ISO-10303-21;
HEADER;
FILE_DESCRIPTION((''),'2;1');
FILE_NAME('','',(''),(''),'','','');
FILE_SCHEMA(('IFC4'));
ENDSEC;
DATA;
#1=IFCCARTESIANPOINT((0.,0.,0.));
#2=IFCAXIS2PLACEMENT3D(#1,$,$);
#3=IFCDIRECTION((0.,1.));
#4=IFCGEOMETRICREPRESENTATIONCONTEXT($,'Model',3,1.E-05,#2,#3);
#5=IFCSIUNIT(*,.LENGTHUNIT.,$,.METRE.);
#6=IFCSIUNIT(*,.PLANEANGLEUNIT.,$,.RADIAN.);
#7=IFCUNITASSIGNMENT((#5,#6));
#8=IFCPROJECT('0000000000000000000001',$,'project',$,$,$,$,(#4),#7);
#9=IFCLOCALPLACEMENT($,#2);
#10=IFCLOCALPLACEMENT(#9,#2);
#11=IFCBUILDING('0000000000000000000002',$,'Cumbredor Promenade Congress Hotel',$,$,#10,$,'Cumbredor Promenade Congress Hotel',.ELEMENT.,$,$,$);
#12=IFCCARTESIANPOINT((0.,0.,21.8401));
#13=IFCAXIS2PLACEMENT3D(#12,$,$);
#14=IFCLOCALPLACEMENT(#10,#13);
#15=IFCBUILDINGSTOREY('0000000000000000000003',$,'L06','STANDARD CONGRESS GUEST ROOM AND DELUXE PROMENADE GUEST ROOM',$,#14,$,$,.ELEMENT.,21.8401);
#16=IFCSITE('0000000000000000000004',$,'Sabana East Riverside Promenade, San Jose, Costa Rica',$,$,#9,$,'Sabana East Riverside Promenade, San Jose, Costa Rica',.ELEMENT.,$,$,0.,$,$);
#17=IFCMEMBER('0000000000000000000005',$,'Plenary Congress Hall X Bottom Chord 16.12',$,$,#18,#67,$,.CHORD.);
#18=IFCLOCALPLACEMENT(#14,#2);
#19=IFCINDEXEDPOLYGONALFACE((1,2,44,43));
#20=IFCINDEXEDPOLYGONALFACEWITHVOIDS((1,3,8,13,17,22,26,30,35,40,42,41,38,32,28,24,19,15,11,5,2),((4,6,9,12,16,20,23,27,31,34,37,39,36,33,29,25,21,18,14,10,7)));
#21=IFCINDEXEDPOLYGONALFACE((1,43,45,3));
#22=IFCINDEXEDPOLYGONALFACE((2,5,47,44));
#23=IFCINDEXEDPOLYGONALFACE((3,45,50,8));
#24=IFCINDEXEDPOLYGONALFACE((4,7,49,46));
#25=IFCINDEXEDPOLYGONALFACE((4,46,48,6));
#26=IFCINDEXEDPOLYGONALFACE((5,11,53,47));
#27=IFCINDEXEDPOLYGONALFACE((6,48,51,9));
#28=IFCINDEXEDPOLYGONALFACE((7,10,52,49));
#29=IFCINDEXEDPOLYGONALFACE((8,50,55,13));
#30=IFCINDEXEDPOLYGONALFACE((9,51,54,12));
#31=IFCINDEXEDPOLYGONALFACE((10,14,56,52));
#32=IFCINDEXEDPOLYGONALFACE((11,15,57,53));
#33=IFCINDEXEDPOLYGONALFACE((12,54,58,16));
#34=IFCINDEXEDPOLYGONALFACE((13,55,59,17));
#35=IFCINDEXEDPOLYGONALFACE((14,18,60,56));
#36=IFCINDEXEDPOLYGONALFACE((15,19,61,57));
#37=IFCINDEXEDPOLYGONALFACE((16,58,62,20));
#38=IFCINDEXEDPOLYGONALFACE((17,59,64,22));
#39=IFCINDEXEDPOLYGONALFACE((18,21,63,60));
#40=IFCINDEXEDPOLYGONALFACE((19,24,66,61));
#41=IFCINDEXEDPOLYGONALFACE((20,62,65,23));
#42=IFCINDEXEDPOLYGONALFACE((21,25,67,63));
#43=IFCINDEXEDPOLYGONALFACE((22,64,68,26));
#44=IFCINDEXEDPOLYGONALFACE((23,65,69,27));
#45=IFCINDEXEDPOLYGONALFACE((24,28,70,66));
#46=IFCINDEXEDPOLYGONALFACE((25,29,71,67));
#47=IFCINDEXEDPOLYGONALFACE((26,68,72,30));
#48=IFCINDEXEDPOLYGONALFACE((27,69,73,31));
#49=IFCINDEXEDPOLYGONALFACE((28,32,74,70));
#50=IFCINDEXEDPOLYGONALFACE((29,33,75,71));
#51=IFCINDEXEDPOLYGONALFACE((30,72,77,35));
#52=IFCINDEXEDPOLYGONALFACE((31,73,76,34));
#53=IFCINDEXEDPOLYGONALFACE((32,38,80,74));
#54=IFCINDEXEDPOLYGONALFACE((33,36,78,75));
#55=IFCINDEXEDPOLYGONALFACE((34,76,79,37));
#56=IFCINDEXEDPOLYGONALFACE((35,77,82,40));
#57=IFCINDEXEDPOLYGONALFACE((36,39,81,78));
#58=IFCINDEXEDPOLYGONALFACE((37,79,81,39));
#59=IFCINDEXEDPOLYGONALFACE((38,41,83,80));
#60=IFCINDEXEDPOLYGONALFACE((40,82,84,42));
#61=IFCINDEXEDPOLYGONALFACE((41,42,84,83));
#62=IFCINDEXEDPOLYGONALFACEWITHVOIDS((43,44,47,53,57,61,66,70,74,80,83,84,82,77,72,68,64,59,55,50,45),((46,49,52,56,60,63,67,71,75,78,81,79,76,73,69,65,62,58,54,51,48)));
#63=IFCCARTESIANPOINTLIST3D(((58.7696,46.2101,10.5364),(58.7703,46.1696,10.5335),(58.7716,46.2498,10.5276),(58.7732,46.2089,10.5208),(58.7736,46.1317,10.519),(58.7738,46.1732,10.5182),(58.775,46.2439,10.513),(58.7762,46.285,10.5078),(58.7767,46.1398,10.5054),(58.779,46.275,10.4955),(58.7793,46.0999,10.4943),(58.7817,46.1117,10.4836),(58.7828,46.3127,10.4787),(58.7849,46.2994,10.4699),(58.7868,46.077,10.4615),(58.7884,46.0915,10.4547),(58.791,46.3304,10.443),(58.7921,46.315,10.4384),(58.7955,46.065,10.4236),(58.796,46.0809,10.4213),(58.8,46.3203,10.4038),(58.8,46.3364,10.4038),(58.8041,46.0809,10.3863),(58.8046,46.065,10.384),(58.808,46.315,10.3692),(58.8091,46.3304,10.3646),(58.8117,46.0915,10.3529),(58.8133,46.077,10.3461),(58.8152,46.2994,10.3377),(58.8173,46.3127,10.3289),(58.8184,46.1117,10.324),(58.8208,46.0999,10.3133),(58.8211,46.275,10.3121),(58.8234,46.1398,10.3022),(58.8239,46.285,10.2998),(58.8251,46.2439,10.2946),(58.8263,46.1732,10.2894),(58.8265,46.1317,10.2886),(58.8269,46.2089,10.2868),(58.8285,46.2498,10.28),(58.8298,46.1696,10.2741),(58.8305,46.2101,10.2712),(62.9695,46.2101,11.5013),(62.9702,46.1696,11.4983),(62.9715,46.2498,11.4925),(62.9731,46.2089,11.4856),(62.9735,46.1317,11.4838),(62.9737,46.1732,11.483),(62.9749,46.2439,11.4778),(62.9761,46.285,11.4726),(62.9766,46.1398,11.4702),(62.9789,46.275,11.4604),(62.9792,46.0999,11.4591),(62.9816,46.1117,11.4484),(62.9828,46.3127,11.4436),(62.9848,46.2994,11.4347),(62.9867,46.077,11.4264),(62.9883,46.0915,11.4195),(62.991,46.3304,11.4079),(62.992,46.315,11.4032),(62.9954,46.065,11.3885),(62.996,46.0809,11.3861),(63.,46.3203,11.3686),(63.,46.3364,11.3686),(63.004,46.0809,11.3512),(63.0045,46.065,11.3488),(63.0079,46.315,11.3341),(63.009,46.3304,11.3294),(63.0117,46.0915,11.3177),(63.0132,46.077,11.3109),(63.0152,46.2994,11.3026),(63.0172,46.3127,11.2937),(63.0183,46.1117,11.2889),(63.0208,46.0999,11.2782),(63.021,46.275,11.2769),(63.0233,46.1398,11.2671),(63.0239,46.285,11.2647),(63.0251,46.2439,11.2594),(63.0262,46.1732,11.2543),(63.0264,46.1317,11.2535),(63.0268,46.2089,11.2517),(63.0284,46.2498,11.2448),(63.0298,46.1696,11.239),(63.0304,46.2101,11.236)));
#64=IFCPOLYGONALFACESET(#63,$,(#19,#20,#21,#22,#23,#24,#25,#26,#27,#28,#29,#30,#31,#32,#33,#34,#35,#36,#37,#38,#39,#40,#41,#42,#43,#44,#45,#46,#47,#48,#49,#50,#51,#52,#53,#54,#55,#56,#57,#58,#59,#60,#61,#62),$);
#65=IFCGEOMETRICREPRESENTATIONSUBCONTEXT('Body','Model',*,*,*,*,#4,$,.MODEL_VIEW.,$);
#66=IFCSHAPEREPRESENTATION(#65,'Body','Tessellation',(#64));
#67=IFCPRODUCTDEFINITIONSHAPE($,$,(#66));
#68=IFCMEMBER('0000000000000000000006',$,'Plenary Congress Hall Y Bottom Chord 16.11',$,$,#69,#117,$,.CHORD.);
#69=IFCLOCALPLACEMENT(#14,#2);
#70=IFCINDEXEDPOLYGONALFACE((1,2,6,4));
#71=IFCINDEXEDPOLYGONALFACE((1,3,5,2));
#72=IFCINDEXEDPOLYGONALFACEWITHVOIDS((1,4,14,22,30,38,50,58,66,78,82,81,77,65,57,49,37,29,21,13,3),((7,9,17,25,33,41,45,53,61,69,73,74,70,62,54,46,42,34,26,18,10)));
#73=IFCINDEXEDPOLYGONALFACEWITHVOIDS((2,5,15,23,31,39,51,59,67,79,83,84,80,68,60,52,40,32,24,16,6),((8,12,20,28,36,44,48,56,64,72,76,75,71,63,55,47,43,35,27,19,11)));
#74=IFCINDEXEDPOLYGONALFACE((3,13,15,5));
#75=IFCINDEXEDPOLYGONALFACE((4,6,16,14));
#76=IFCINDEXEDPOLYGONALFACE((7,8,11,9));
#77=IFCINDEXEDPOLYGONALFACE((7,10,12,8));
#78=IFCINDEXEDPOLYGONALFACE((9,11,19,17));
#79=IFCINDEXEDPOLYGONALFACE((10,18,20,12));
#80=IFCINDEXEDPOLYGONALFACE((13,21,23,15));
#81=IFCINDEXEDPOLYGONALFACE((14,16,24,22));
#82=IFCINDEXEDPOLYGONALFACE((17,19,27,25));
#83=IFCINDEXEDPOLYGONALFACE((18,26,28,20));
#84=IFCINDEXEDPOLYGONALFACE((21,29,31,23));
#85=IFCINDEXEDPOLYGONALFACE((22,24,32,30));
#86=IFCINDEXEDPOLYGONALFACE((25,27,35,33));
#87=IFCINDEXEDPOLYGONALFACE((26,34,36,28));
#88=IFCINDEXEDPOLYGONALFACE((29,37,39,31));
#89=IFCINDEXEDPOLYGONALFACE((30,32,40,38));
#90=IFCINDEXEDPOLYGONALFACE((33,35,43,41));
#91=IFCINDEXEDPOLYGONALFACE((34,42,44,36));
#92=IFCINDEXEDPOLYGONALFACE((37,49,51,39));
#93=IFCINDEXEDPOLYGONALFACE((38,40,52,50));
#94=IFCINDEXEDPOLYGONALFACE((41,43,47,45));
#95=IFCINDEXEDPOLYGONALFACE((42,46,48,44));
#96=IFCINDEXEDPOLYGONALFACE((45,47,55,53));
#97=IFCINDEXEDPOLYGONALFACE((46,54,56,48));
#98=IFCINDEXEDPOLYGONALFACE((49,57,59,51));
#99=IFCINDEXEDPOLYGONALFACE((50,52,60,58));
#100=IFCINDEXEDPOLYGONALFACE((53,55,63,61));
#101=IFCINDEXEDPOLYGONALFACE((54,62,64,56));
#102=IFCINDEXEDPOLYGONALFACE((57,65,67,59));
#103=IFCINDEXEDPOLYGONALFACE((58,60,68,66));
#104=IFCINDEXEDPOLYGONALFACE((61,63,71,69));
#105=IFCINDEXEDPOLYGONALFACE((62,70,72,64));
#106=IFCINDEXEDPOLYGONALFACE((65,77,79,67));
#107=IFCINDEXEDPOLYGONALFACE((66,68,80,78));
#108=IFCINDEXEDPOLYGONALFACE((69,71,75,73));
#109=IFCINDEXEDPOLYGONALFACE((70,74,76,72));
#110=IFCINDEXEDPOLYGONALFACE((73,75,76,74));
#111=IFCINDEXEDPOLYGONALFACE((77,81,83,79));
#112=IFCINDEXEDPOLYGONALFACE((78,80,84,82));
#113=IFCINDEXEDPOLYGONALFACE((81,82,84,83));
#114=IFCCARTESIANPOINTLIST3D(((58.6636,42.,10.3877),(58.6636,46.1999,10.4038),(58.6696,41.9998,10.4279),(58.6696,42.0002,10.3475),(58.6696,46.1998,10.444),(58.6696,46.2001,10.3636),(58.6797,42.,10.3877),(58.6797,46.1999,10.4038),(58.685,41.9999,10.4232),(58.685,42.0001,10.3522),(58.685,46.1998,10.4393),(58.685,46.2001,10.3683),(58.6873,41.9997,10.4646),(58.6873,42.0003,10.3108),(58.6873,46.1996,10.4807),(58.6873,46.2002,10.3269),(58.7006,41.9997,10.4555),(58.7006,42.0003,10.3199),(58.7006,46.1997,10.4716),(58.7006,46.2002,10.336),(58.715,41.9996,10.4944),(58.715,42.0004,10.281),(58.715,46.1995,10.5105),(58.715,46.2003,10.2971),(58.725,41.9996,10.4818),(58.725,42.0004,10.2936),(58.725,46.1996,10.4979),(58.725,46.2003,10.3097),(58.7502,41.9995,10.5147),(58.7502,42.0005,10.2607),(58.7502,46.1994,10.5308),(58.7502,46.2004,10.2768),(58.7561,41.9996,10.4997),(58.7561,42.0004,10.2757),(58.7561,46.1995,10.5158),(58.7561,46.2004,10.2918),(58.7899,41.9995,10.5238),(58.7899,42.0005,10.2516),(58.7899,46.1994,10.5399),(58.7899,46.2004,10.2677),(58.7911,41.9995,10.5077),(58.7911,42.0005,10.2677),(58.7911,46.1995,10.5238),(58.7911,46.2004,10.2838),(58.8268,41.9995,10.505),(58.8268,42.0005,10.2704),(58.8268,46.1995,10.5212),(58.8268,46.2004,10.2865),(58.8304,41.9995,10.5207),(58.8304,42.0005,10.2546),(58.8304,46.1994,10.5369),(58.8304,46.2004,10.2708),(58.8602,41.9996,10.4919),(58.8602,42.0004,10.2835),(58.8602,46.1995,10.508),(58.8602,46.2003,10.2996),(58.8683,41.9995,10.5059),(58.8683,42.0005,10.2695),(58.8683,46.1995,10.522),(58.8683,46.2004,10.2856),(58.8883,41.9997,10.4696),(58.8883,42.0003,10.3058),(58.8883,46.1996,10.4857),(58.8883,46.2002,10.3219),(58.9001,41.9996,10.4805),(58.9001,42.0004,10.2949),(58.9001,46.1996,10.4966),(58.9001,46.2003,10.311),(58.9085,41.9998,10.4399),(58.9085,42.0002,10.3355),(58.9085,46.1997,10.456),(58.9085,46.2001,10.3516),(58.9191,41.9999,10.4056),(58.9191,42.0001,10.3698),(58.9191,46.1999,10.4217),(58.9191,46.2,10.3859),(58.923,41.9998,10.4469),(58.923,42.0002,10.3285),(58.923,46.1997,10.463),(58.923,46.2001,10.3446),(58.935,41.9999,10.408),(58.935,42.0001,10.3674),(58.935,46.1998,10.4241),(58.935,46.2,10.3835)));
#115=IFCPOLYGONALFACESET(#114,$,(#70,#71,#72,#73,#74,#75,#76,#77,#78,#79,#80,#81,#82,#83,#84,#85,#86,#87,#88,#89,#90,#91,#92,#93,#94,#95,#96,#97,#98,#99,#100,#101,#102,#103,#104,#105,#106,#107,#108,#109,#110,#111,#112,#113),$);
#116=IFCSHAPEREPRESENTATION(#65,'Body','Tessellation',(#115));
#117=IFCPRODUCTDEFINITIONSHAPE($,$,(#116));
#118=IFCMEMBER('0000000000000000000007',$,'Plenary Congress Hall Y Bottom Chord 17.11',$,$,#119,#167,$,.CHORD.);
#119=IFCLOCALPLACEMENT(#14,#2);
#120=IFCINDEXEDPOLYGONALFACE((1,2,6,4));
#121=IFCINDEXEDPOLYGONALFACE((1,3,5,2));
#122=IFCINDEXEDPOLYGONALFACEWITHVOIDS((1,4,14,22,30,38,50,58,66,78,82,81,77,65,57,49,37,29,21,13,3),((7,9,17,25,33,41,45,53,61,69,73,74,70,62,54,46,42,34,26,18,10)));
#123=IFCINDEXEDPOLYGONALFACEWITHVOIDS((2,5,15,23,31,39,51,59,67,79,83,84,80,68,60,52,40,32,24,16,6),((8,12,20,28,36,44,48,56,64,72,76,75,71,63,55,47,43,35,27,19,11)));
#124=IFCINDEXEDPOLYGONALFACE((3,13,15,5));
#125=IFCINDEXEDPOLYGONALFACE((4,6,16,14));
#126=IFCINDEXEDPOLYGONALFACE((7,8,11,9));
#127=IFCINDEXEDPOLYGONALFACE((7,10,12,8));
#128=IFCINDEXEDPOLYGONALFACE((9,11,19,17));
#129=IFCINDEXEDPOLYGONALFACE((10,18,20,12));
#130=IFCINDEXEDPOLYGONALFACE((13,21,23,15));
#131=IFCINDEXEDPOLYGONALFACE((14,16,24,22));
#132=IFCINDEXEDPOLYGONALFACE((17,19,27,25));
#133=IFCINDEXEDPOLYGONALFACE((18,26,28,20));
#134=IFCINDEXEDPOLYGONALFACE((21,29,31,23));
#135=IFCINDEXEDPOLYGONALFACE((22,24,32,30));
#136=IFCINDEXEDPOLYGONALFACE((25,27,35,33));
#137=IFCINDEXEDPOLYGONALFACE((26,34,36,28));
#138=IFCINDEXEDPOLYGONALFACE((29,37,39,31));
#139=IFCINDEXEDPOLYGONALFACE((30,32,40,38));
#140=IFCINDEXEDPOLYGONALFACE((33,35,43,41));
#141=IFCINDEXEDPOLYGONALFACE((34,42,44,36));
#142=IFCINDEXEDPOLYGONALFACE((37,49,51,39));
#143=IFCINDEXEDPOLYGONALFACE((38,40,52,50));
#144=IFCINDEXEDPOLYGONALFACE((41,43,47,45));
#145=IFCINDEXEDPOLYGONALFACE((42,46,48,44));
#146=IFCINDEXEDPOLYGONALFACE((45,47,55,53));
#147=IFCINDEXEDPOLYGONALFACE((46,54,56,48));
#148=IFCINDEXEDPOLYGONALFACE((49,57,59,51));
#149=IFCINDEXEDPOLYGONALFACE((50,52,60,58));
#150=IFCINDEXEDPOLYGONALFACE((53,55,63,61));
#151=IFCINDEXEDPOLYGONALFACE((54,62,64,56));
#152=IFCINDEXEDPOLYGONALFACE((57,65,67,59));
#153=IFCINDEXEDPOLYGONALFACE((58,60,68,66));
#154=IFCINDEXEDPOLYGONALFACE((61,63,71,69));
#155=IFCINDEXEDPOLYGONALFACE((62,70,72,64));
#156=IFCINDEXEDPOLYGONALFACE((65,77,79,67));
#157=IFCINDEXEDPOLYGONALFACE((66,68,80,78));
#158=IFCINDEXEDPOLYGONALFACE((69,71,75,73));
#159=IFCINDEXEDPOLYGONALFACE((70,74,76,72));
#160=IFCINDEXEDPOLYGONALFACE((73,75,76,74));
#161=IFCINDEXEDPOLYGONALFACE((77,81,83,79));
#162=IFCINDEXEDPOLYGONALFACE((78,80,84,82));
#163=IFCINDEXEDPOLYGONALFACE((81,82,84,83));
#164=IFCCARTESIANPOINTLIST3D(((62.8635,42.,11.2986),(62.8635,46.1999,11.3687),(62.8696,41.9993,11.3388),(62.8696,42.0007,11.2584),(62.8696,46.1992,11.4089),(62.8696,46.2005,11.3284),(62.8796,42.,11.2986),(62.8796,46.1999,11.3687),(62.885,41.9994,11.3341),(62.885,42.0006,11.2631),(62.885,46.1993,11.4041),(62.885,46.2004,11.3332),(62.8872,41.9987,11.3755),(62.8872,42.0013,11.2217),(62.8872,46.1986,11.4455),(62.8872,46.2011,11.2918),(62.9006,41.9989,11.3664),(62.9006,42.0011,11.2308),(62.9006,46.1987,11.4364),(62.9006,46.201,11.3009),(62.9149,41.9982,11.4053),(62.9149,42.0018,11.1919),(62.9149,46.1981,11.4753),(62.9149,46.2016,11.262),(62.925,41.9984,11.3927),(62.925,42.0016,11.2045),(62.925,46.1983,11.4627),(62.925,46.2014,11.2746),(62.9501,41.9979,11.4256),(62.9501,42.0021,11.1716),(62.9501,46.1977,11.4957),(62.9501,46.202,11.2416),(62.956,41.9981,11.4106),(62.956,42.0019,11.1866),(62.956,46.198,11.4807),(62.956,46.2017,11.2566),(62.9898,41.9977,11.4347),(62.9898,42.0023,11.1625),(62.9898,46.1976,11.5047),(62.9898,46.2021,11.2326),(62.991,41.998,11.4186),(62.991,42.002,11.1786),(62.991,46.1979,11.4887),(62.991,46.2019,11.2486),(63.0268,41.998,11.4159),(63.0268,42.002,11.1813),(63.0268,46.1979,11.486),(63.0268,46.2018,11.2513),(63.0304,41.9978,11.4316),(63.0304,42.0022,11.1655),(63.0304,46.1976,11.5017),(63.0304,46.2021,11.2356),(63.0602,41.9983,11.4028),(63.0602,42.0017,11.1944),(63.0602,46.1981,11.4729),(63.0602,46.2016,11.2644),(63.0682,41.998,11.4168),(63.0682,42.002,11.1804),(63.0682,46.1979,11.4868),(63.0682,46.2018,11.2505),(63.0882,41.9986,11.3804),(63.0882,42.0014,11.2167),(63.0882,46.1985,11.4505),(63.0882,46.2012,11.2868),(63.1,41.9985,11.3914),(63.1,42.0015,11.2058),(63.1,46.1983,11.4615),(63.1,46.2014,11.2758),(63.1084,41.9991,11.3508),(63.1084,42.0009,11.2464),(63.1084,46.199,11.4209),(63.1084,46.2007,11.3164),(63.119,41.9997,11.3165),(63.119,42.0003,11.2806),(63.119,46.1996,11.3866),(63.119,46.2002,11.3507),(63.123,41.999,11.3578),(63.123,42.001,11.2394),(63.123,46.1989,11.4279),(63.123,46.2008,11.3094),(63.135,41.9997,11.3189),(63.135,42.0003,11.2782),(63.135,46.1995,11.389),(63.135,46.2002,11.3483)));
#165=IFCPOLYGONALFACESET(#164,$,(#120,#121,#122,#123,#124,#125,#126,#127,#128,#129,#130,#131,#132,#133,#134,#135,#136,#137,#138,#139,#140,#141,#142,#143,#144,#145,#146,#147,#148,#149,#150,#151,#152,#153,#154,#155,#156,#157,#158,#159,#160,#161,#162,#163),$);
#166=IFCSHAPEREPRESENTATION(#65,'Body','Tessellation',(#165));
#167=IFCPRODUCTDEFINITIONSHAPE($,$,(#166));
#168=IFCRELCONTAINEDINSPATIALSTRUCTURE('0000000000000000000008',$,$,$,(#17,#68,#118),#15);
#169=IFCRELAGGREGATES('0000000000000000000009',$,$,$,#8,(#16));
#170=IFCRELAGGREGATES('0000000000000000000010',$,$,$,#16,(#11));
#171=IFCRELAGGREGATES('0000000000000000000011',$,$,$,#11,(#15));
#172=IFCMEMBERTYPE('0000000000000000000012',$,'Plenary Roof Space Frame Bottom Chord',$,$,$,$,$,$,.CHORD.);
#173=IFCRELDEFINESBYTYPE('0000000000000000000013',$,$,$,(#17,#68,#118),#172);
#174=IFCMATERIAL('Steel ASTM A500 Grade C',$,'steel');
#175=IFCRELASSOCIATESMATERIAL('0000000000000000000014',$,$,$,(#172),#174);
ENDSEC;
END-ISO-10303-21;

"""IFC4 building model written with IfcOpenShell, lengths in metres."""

from ifc_helpers import new_model, si_unit, direction, frame, origin, origin_2d, place, context, subcontext, project, spatial, hollow_circle, extrude, material, material_profile, profile_set, type_object, element, save


model = new_model("IFC4")

# Units and contexts
model_context = context("Model", 3, precision=1e-05, world=origin(), true_north=direction((0.0, 1.0)))
body_context = subcontext(model_context, "Body", "Model", "MODEL_VIEW")
ifc_project = project(units=[si_unit("LENGTHUNIT", "METRE"), si_unit("PLANEANGLEUNIT", "RADIAN")], contexts=[model_context])

# Site, building, storey
site_placement = place(None, origin())
site = spatial("IfcSite", under=ifc_project, at=site_placement, Name="Sabana East Riverside Promenade, San Jose, Costa Rica", LongName="Sabana East Riverside Promenade, San Jose, Costa Rica", CompositionType="ELEMENT", RefElevation=0.0)
building_placement = place(site_placement, origin())
building = spatial("IfcBuilding", under=site, at=building_placement, Name="Cumbredor Promenade Congress Hotel", LongName="Cumbredor Promenade Congress Hotel", CompositionType="ELEMENT")
storey_placement = place(building_placement, frame((0.0, 0.0, 21.8401)))
storey = spatial("IfcBuildingStorey", under=building, at=storey_placement, Name="L06", Description="STANDARD CONGRESS GUEST ROOM AND DELUXE PROMENADE GUEST ROOM", CompositionType="ELEMENT", Elevation=21.8401)

# Members
ifc_material_1 = material(Name="Steel ASTM A500 Grade C", Category="steel")
ifc_material_profile_1 = material_profile(ifc_material_1, hollow_circle(Radius=0.1365, WallThickness=0.0161, at=origin_2d()), Name="CHS 273.0x16")
ifc_profile_set_1 = profile_set([ifc_material_profile_1], Name="Steel ASTM A500 Grade C")
member_type_1 = type_object("IfcMemberType", Name="Plenary Roof Space Frame Bottom Chord", PredefinedType="CHORD", material=ifc_profile_set_1)
member_1_placement = place(storey_placement, frame((58.8, 46.2, 10.4038), z_axis=(0.974613, 0.0, 0.223895), x_axis=(0.0, 1.0, 0.0)))
element("IfcMember", 1, at=member_1_placement, inside=storey, type_object=member_type_1, Name="Plenary Congress Hall X Bottom Chord 16.12", PredefinedType="CHORD", context=body_context, shape_type="SweptSolid", body=[
    extrude(hollow_circle(Radius=0.1365, WallThickness=0.0161, at=origin_2d()), origin(), (0.0, 0.0, 1.0), 4.3093),
])
member_2_placement = place(storey_placement, frame((58.8, 42.0, 10.3877), z_axis=(0.0, 0.999993, 0.003837), x_axis=(-1.0, 0.0, 0.0)))
element("IfcMember", 2, at=member_2_placement, inside=storey, type_object=member_type_1, Name="Plenary Congress Hall Y Bottom Chord 16.11", PredefinedType="CHORD", context=body_context, shape_type="SweptSolid", body=[
    extrude(hollow_circle(Radius=0.1365, WallThickness=0.0161, at=origin_2d()), origin(), (0.0, 0.0, 1.0), 4.2),
])
for number, where, z_axis, x_axis, name in (
    (3, (63.0, 42.0, 11.2986), (0.0, 0.999861, 0.016681), (-1.0, 0.0, 0.0), "Plenary Congress Hall Y Bottom Chord 17.11"),
):
    element("IfcMember", number, at=place(storey_placement, frame(where, z_axis=z_axis, x_axis=x_axis)), inside=storey, type_object=member_type_1, Name=name, PredefinedType="CHORD", context=body_context, shape_type="SweptSolid", body=[
        extrude(hollow_circle(Radius=0.1365, WallThickness=0.0161, at=origin_2d()), origin(), (0.0, 0.0, 1.0), 4.2004),
    ])

save(model, "model.ifc")
